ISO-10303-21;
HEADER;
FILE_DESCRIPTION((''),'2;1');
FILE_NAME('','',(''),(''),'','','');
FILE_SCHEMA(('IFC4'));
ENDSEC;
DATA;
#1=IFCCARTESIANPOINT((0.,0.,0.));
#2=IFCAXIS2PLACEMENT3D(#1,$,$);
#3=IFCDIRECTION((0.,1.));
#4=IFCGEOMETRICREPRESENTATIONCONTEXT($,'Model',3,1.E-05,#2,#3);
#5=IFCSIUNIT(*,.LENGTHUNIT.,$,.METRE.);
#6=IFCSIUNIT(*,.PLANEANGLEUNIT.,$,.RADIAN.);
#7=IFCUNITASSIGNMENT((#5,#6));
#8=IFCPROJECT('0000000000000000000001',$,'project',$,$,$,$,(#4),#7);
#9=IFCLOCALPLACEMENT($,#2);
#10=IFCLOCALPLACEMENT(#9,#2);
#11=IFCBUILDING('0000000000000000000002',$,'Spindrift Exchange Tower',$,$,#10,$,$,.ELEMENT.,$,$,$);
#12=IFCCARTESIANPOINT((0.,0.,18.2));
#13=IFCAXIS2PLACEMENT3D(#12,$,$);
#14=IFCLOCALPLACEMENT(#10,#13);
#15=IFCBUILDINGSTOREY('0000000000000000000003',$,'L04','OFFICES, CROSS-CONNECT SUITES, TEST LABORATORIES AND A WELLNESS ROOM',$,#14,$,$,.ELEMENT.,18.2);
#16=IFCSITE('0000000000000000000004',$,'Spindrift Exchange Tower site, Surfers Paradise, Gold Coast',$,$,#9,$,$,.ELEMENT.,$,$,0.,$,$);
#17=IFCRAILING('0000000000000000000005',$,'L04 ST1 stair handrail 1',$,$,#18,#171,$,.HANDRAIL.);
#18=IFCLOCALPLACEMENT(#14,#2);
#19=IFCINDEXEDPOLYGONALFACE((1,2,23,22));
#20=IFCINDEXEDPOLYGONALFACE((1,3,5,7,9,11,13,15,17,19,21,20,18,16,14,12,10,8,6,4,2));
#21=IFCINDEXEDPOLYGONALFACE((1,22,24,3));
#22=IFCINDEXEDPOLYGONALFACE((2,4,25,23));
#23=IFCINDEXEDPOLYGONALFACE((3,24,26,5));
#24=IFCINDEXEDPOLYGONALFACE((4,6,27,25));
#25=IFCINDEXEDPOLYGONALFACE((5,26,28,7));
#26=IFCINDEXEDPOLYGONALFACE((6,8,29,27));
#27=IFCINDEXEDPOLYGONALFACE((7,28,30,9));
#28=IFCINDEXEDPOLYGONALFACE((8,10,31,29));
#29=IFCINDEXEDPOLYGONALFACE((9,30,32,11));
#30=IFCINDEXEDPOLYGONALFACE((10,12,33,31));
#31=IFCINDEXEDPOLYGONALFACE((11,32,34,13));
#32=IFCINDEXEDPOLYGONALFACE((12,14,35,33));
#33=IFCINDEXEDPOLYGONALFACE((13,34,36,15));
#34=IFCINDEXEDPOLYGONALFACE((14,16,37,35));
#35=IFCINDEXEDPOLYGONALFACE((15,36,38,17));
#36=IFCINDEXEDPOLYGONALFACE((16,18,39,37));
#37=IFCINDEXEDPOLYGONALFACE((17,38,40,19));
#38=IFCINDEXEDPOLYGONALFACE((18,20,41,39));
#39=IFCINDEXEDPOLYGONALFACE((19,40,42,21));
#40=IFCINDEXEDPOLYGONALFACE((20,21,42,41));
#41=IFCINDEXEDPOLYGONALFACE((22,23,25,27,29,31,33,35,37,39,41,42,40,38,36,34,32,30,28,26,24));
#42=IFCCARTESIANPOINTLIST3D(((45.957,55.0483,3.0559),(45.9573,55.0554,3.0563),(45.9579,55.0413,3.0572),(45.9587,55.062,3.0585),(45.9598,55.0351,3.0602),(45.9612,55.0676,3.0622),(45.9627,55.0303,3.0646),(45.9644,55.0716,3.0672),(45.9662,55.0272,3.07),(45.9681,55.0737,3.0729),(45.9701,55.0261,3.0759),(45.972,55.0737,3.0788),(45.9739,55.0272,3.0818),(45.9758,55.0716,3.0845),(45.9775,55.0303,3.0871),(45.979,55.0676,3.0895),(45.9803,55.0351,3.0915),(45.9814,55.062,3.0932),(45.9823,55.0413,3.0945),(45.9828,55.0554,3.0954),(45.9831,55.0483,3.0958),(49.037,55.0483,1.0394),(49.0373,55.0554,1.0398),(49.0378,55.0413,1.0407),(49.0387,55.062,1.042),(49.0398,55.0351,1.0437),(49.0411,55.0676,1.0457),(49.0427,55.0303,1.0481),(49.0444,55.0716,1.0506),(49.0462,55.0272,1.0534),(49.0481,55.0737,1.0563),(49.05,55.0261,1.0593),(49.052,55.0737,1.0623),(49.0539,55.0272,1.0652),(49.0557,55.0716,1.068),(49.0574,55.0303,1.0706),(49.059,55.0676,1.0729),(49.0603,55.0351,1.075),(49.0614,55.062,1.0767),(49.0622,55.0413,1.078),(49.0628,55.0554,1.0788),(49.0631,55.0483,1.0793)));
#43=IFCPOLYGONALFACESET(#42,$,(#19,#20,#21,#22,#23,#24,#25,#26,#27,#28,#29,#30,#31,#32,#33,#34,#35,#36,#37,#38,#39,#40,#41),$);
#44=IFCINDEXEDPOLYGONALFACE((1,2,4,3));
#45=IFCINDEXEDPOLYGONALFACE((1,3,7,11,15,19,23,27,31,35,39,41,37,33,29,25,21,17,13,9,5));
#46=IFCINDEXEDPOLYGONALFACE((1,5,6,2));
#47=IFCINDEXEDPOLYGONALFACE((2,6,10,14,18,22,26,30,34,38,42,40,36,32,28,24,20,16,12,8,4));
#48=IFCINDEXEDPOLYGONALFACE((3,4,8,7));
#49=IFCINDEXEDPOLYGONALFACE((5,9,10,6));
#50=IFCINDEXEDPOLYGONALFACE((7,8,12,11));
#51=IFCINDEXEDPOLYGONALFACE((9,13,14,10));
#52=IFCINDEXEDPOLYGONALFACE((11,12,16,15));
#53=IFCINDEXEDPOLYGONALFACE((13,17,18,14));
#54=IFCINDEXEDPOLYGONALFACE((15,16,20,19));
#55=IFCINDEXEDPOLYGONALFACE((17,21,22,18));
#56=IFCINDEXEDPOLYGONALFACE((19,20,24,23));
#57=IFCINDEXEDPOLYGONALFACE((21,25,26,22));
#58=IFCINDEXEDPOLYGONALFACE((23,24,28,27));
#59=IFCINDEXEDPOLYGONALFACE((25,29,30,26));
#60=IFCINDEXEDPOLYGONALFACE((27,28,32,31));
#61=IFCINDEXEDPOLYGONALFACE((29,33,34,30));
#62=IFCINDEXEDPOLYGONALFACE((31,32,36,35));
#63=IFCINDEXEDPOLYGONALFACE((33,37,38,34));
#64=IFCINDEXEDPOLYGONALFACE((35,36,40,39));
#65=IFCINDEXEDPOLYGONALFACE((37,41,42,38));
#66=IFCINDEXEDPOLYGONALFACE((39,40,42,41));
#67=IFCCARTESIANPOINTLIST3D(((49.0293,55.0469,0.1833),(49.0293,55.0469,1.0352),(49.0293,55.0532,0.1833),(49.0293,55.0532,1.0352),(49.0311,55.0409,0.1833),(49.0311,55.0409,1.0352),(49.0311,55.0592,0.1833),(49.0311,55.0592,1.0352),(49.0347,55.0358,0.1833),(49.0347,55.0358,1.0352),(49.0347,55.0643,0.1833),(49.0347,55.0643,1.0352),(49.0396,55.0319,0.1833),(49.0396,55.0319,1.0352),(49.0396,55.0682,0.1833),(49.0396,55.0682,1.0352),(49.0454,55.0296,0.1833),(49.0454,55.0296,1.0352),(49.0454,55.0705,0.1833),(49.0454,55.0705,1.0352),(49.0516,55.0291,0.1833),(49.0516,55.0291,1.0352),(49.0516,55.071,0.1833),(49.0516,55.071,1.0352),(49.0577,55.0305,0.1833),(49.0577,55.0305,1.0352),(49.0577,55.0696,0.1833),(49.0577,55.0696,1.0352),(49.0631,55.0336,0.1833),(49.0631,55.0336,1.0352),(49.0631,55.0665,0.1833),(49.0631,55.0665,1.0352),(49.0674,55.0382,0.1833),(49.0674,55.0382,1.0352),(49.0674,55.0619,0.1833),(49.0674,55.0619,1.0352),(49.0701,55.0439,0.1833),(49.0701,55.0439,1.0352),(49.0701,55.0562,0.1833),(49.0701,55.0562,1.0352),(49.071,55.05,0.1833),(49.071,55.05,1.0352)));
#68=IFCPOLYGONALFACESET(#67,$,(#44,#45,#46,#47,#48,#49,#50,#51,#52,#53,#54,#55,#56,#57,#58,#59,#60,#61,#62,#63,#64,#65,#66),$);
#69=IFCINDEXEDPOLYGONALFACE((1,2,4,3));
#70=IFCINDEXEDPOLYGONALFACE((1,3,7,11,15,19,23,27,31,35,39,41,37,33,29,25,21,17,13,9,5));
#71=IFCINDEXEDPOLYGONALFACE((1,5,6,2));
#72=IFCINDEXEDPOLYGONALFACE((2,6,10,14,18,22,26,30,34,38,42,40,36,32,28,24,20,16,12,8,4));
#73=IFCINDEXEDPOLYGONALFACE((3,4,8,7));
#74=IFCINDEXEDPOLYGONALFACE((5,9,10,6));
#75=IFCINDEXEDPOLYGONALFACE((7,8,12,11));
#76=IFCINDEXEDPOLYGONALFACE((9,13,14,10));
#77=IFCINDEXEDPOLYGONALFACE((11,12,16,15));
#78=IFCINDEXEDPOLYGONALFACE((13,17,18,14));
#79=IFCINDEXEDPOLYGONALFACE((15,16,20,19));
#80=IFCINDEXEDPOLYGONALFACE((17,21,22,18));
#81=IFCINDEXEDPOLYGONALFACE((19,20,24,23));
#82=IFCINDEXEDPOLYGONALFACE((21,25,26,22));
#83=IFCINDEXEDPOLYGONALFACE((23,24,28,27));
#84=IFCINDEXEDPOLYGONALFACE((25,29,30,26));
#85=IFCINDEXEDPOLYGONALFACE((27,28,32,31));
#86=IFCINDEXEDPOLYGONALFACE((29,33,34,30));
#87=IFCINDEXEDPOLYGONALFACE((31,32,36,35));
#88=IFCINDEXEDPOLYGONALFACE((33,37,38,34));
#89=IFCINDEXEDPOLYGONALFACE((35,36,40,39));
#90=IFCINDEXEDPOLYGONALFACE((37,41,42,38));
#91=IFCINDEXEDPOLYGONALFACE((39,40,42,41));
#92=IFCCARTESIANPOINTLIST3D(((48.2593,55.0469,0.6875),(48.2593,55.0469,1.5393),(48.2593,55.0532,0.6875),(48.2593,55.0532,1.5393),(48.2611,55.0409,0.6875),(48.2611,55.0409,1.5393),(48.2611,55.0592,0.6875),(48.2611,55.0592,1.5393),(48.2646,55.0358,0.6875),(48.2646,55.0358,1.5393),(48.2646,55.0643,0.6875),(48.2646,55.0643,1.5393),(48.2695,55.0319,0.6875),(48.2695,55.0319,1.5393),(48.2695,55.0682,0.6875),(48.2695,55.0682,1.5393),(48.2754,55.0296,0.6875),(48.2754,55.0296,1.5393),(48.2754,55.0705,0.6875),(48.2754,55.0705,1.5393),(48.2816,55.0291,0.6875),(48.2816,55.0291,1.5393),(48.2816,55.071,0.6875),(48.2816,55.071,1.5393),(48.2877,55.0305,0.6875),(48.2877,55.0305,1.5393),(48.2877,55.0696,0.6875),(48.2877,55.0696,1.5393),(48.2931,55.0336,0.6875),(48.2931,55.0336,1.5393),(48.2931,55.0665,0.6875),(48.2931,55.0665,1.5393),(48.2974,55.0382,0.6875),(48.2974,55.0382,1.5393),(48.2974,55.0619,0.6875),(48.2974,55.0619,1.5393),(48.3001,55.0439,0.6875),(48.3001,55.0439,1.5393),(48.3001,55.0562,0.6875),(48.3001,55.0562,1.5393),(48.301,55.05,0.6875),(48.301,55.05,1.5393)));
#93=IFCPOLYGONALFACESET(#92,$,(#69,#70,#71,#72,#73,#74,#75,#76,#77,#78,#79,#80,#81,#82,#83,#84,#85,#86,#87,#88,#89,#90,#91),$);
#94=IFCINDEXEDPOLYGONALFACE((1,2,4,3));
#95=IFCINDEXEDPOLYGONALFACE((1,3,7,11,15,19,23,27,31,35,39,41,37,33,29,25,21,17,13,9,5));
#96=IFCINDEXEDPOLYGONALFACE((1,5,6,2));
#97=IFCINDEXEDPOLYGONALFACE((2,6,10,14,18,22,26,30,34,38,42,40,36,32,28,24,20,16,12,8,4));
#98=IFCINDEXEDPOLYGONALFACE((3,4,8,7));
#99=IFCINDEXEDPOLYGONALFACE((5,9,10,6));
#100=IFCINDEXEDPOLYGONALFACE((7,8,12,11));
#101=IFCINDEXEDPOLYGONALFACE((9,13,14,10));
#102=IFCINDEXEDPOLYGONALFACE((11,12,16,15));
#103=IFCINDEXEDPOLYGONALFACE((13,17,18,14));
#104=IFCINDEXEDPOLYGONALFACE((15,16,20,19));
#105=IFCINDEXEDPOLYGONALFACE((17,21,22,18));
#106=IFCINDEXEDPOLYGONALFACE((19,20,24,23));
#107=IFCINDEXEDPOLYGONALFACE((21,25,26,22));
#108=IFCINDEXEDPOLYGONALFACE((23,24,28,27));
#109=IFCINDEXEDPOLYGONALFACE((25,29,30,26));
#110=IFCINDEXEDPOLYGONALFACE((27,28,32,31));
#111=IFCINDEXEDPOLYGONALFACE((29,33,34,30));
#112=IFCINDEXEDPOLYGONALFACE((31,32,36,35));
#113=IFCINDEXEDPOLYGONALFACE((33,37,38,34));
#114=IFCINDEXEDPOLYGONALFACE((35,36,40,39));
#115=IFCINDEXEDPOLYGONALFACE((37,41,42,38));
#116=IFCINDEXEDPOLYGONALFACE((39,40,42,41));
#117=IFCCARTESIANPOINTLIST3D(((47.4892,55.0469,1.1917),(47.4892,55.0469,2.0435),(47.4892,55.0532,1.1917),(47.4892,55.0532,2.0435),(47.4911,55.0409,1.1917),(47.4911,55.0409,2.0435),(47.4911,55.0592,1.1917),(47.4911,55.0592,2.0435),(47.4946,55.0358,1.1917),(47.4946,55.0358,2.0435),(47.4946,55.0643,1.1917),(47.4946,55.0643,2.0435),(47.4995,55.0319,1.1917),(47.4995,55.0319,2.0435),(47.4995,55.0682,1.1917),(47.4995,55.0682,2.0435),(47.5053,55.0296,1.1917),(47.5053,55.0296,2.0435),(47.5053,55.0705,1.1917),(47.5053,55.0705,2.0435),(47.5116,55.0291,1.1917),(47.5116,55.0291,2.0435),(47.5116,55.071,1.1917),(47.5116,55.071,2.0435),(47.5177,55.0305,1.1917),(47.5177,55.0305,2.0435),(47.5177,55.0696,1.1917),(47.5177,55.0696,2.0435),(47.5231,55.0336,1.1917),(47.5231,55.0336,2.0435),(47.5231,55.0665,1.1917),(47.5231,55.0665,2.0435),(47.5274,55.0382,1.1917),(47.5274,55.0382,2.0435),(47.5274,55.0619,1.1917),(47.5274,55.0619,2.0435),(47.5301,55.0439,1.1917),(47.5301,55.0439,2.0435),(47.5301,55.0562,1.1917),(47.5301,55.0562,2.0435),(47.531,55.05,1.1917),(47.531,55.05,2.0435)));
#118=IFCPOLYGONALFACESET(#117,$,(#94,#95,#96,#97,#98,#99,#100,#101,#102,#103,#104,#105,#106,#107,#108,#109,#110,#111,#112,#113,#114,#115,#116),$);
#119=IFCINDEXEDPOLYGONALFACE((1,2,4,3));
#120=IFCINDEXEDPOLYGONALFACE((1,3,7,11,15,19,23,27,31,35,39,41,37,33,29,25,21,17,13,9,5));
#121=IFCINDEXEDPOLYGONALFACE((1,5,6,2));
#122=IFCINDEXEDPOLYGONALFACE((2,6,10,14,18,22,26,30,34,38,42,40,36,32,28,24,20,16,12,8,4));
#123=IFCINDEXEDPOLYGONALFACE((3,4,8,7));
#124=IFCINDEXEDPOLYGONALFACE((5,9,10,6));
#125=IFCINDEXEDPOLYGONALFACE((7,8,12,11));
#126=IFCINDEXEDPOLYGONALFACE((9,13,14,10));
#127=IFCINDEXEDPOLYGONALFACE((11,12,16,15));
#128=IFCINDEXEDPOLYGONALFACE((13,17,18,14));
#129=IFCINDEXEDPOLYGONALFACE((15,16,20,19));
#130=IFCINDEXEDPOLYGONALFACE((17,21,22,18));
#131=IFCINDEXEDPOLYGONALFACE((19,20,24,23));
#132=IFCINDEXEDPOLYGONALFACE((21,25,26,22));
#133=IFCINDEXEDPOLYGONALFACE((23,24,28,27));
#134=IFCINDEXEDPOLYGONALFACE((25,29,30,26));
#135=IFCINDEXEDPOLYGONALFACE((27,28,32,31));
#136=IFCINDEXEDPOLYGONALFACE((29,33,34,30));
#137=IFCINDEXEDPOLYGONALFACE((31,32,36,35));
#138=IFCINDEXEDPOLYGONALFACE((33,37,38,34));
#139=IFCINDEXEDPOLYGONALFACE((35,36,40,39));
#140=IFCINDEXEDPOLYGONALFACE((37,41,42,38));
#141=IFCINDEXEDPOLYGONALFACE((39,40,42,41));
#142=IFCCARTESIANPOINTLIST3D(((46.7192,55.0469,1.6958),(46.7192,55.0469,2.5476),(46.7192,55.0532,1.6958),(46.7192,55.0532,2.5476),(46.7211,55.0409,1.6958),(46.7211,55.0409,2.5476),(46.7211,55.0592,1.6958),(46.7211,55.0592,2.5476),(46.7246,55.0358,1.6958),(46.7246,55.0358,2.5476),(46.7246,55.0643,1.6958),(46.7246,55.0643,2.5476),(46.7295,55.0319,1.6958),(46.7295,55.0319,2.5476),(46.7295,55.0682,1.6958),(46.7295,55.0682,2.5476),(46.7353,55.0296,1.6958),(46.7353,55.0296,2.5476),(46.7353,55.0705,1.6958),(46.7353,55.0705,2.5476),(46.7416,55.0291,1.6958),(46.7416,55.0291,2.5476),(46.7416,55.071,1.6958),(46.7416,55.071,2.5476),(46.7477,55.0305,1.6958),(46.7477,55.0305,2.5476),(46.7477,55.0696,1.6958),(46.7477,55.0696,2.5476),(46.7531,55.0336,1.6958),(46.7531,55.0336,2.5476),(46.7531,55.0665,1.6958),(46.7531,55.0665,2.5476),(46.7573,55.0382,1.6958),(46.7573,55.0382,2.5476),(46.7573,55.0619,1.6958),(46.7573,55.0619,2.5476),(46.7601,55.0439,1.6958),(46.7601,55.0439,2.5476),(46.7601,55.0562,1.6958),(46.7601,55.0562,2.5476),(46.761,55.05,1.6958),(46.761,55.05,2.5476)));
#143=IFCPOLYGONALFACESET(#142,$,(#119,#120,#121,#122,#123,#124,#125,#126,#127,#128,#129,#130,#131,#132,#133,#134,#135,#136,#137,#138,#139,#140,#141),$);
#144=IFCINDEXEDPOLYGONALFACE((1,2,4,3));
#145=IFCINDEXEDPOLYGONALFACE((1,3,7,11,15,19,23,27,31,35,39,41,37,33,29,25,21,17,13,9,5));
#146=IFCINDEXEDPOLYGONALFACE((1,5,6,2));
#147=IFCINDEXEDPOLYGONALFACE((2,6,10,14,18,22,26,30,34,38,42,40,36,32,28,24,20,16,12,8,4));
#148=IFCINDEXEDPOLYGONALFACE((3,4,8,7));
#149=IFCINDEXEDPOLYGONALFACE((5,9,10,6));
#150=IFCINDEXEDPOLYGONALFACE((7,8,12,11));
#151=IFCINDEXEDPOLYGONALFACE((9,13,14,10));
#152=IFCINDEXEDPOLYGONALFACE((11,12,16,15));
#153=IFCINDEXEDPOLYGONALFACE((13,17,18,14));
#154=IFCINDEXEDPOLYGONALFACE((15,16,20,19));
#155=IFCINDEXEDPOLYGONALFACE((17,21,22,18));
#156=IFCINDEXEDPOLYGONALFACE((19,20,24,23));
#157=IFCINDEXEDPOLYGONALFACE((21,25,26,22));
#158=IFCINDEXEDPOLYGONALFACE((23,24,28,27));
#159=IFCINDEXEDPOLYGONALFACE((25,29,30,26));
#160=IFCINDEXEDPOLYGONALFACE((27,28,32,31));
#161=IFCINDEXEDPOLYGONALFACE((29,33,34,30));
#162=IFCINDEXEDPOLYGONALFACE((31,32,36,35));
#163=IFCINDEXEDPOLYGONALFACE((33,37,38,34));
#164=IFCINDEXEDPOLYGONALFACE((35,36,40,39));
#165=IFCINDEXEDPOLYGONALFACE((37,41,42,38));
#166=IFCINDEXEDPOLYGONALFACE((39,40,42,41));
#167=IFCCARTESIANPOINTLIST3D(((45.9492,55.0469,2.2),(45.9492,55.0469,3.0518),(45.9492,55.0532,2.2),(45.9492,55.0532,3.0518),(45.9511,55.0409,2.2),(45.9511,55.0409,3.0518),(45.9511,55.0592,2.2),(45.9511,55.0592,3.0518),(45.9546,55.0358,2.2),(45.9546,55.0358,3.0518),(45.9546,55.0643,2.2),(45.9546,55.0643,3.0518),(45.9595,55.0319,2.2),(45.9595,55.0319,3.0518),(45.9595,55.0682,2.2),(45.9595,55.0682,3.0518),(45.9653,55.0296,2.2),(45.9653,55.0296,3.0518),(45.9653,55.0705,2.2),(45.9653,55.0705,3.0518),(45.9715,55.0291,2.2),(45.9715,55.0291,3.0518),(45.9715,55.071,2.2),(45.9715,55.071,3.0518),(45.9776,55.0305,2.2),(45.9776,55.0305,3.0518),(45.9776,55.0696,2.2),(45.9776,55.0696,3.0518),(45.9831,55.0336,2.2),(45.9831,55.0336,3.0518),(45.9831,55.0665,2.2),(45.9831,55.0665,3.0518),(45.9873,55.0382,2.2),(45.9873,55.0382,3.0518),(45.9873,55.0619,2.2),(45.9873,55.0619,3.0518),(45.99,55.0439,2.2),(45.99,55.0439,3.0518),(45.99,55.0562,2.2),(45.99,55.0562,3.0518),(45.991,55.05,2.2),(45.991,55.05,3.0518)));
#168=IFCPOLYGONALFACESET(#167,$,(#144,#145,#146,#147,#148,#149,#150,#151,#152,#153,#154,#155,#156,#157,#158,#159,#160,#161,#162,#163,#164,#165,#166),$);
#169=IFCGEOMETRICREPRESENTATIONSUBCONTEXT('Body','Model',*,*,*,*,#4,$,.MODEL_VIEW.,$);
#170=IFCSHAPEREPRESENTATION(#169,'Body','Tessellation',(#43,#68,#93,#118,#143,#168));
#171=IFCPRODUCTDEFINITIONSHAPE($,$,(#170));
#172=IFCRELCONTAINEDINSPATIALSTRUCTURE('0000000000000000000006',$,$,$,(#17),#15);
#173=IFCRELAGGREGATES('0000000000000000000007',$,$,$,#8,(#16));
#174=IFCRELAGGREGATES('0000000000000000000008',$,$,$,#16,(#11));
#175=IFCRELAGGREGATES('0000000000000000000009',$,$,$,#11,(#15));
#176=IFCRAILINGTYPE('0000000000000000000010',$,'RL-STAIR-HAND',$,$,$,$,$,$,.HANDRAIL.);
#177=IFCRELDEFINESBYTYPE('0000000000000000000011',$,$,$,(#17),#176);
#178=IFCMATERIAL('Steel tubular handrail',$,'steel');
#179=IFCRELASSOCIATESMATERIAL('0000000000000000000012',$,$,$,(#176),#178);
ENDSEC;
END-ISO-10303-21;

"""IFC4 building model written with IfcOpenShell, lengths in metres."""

from ifc_helpers import new_model, si_unit, direction, frame, origin, origin_2d, place, context, subcontext, project, spatial, circle, extrude, material, type_object, element, save


model = new_model("IFC4")

# Units and contexts
model_context = context("Model", 3, precision=1e-05, world=origin(), true_north=direction((0.0, 1.0)))
body_context = subcontext(model_context, "Body", "Model", "MODEL_VIEW")
ifc_project = project(units=[si_unit("LENGTHUNIT", "METRE"), si_unit("PLANEANGLEUNIT", "RADIAN")], contexts=[model_context])

# Site, building, storey
site_placement = place(None, origin())
site = spatial("IfcSite", under=ifc_project, at=site_placement, Name="Spindrift Exchange Tower site, Surfers Paradise, Gold Coast", CompositionType="ELEMENT", RefElevation=0.0)
building_placement = place(site_placement, origin())
building = spatial("IfcBuilding", under=site, at=building_placement, Name="Spindrift Exchange Tower", CompositionType="ELEMENT")
storey_placement = place(building_placement, frame((0.0, 0.0, 18.2)))
storey = spatial("IfcBuildingStorey", under=building, at=storey_placement, Name="L04", Description="OFFICES, CROSS-CONNECT SUITES, TEST LABORATORIES AND A WELLNESS ROOM", CompositionType="ELEMENT", Elevation=18.2)

# Railing
ifc_material_1 = material(Name="Steel tubular handrail", Category="steel")
railing_type_1 = type_object("IfcRailingType", Name="RL-STAIR-HAND", PredefinedType="HANDRAIL", material=ifc_material_1)
railing_1_placement = place(storey_placement, frame((49.05, 55.05, 0.1833)))
element("IfcRailing", 1, at=railing_1_placement, inside=storey, type_object=railing_type_1, Name="L04 ST1 stair handrail 1", PredefinedType="HANDRAIL", context=body_context, shape_type="SweptSolid", body=[
    extrude(circle(Radius=0.0239, at=origin_2d()), frame((0.0, 0.0, 0.876), z_axis=(-0.836633, 0.0, 0.547764), x_axis=(0.0, -1.0, 0.0)), (0.0, 0.0, 1.0), 3.6814),
    extrude(circle(Radius=0.021, at=origin_2d()), origin(), (0.0, 0.0, 1.0), 0.8518),
    extrude(circle(Radius=0.021, at=origin_2d()), frame((-0.77, 0.0, 0.5042)), (0.0, 0.0, 1.0), 0.8518),
    extrude(circle(Radius=0.021, at=origin_2d()), frame((-1.54, 0.0, 1.0083)), (0.0, 0.0, 1.0), 0.8518),
    extrude(circle(Radius=0.021, at=origin_2d()), frame((-2.3101, 0.0, 1.5125)), (0.0, 0.0, 1.0), 0.8518),
    extrude(circle(Radius=0.021, at=origin_2d()), frame((-3.0801, 0.0, 2.0166)), (0.0, 0.0, 1.0), 0.8518),
])

save(model, "model.ifc")
